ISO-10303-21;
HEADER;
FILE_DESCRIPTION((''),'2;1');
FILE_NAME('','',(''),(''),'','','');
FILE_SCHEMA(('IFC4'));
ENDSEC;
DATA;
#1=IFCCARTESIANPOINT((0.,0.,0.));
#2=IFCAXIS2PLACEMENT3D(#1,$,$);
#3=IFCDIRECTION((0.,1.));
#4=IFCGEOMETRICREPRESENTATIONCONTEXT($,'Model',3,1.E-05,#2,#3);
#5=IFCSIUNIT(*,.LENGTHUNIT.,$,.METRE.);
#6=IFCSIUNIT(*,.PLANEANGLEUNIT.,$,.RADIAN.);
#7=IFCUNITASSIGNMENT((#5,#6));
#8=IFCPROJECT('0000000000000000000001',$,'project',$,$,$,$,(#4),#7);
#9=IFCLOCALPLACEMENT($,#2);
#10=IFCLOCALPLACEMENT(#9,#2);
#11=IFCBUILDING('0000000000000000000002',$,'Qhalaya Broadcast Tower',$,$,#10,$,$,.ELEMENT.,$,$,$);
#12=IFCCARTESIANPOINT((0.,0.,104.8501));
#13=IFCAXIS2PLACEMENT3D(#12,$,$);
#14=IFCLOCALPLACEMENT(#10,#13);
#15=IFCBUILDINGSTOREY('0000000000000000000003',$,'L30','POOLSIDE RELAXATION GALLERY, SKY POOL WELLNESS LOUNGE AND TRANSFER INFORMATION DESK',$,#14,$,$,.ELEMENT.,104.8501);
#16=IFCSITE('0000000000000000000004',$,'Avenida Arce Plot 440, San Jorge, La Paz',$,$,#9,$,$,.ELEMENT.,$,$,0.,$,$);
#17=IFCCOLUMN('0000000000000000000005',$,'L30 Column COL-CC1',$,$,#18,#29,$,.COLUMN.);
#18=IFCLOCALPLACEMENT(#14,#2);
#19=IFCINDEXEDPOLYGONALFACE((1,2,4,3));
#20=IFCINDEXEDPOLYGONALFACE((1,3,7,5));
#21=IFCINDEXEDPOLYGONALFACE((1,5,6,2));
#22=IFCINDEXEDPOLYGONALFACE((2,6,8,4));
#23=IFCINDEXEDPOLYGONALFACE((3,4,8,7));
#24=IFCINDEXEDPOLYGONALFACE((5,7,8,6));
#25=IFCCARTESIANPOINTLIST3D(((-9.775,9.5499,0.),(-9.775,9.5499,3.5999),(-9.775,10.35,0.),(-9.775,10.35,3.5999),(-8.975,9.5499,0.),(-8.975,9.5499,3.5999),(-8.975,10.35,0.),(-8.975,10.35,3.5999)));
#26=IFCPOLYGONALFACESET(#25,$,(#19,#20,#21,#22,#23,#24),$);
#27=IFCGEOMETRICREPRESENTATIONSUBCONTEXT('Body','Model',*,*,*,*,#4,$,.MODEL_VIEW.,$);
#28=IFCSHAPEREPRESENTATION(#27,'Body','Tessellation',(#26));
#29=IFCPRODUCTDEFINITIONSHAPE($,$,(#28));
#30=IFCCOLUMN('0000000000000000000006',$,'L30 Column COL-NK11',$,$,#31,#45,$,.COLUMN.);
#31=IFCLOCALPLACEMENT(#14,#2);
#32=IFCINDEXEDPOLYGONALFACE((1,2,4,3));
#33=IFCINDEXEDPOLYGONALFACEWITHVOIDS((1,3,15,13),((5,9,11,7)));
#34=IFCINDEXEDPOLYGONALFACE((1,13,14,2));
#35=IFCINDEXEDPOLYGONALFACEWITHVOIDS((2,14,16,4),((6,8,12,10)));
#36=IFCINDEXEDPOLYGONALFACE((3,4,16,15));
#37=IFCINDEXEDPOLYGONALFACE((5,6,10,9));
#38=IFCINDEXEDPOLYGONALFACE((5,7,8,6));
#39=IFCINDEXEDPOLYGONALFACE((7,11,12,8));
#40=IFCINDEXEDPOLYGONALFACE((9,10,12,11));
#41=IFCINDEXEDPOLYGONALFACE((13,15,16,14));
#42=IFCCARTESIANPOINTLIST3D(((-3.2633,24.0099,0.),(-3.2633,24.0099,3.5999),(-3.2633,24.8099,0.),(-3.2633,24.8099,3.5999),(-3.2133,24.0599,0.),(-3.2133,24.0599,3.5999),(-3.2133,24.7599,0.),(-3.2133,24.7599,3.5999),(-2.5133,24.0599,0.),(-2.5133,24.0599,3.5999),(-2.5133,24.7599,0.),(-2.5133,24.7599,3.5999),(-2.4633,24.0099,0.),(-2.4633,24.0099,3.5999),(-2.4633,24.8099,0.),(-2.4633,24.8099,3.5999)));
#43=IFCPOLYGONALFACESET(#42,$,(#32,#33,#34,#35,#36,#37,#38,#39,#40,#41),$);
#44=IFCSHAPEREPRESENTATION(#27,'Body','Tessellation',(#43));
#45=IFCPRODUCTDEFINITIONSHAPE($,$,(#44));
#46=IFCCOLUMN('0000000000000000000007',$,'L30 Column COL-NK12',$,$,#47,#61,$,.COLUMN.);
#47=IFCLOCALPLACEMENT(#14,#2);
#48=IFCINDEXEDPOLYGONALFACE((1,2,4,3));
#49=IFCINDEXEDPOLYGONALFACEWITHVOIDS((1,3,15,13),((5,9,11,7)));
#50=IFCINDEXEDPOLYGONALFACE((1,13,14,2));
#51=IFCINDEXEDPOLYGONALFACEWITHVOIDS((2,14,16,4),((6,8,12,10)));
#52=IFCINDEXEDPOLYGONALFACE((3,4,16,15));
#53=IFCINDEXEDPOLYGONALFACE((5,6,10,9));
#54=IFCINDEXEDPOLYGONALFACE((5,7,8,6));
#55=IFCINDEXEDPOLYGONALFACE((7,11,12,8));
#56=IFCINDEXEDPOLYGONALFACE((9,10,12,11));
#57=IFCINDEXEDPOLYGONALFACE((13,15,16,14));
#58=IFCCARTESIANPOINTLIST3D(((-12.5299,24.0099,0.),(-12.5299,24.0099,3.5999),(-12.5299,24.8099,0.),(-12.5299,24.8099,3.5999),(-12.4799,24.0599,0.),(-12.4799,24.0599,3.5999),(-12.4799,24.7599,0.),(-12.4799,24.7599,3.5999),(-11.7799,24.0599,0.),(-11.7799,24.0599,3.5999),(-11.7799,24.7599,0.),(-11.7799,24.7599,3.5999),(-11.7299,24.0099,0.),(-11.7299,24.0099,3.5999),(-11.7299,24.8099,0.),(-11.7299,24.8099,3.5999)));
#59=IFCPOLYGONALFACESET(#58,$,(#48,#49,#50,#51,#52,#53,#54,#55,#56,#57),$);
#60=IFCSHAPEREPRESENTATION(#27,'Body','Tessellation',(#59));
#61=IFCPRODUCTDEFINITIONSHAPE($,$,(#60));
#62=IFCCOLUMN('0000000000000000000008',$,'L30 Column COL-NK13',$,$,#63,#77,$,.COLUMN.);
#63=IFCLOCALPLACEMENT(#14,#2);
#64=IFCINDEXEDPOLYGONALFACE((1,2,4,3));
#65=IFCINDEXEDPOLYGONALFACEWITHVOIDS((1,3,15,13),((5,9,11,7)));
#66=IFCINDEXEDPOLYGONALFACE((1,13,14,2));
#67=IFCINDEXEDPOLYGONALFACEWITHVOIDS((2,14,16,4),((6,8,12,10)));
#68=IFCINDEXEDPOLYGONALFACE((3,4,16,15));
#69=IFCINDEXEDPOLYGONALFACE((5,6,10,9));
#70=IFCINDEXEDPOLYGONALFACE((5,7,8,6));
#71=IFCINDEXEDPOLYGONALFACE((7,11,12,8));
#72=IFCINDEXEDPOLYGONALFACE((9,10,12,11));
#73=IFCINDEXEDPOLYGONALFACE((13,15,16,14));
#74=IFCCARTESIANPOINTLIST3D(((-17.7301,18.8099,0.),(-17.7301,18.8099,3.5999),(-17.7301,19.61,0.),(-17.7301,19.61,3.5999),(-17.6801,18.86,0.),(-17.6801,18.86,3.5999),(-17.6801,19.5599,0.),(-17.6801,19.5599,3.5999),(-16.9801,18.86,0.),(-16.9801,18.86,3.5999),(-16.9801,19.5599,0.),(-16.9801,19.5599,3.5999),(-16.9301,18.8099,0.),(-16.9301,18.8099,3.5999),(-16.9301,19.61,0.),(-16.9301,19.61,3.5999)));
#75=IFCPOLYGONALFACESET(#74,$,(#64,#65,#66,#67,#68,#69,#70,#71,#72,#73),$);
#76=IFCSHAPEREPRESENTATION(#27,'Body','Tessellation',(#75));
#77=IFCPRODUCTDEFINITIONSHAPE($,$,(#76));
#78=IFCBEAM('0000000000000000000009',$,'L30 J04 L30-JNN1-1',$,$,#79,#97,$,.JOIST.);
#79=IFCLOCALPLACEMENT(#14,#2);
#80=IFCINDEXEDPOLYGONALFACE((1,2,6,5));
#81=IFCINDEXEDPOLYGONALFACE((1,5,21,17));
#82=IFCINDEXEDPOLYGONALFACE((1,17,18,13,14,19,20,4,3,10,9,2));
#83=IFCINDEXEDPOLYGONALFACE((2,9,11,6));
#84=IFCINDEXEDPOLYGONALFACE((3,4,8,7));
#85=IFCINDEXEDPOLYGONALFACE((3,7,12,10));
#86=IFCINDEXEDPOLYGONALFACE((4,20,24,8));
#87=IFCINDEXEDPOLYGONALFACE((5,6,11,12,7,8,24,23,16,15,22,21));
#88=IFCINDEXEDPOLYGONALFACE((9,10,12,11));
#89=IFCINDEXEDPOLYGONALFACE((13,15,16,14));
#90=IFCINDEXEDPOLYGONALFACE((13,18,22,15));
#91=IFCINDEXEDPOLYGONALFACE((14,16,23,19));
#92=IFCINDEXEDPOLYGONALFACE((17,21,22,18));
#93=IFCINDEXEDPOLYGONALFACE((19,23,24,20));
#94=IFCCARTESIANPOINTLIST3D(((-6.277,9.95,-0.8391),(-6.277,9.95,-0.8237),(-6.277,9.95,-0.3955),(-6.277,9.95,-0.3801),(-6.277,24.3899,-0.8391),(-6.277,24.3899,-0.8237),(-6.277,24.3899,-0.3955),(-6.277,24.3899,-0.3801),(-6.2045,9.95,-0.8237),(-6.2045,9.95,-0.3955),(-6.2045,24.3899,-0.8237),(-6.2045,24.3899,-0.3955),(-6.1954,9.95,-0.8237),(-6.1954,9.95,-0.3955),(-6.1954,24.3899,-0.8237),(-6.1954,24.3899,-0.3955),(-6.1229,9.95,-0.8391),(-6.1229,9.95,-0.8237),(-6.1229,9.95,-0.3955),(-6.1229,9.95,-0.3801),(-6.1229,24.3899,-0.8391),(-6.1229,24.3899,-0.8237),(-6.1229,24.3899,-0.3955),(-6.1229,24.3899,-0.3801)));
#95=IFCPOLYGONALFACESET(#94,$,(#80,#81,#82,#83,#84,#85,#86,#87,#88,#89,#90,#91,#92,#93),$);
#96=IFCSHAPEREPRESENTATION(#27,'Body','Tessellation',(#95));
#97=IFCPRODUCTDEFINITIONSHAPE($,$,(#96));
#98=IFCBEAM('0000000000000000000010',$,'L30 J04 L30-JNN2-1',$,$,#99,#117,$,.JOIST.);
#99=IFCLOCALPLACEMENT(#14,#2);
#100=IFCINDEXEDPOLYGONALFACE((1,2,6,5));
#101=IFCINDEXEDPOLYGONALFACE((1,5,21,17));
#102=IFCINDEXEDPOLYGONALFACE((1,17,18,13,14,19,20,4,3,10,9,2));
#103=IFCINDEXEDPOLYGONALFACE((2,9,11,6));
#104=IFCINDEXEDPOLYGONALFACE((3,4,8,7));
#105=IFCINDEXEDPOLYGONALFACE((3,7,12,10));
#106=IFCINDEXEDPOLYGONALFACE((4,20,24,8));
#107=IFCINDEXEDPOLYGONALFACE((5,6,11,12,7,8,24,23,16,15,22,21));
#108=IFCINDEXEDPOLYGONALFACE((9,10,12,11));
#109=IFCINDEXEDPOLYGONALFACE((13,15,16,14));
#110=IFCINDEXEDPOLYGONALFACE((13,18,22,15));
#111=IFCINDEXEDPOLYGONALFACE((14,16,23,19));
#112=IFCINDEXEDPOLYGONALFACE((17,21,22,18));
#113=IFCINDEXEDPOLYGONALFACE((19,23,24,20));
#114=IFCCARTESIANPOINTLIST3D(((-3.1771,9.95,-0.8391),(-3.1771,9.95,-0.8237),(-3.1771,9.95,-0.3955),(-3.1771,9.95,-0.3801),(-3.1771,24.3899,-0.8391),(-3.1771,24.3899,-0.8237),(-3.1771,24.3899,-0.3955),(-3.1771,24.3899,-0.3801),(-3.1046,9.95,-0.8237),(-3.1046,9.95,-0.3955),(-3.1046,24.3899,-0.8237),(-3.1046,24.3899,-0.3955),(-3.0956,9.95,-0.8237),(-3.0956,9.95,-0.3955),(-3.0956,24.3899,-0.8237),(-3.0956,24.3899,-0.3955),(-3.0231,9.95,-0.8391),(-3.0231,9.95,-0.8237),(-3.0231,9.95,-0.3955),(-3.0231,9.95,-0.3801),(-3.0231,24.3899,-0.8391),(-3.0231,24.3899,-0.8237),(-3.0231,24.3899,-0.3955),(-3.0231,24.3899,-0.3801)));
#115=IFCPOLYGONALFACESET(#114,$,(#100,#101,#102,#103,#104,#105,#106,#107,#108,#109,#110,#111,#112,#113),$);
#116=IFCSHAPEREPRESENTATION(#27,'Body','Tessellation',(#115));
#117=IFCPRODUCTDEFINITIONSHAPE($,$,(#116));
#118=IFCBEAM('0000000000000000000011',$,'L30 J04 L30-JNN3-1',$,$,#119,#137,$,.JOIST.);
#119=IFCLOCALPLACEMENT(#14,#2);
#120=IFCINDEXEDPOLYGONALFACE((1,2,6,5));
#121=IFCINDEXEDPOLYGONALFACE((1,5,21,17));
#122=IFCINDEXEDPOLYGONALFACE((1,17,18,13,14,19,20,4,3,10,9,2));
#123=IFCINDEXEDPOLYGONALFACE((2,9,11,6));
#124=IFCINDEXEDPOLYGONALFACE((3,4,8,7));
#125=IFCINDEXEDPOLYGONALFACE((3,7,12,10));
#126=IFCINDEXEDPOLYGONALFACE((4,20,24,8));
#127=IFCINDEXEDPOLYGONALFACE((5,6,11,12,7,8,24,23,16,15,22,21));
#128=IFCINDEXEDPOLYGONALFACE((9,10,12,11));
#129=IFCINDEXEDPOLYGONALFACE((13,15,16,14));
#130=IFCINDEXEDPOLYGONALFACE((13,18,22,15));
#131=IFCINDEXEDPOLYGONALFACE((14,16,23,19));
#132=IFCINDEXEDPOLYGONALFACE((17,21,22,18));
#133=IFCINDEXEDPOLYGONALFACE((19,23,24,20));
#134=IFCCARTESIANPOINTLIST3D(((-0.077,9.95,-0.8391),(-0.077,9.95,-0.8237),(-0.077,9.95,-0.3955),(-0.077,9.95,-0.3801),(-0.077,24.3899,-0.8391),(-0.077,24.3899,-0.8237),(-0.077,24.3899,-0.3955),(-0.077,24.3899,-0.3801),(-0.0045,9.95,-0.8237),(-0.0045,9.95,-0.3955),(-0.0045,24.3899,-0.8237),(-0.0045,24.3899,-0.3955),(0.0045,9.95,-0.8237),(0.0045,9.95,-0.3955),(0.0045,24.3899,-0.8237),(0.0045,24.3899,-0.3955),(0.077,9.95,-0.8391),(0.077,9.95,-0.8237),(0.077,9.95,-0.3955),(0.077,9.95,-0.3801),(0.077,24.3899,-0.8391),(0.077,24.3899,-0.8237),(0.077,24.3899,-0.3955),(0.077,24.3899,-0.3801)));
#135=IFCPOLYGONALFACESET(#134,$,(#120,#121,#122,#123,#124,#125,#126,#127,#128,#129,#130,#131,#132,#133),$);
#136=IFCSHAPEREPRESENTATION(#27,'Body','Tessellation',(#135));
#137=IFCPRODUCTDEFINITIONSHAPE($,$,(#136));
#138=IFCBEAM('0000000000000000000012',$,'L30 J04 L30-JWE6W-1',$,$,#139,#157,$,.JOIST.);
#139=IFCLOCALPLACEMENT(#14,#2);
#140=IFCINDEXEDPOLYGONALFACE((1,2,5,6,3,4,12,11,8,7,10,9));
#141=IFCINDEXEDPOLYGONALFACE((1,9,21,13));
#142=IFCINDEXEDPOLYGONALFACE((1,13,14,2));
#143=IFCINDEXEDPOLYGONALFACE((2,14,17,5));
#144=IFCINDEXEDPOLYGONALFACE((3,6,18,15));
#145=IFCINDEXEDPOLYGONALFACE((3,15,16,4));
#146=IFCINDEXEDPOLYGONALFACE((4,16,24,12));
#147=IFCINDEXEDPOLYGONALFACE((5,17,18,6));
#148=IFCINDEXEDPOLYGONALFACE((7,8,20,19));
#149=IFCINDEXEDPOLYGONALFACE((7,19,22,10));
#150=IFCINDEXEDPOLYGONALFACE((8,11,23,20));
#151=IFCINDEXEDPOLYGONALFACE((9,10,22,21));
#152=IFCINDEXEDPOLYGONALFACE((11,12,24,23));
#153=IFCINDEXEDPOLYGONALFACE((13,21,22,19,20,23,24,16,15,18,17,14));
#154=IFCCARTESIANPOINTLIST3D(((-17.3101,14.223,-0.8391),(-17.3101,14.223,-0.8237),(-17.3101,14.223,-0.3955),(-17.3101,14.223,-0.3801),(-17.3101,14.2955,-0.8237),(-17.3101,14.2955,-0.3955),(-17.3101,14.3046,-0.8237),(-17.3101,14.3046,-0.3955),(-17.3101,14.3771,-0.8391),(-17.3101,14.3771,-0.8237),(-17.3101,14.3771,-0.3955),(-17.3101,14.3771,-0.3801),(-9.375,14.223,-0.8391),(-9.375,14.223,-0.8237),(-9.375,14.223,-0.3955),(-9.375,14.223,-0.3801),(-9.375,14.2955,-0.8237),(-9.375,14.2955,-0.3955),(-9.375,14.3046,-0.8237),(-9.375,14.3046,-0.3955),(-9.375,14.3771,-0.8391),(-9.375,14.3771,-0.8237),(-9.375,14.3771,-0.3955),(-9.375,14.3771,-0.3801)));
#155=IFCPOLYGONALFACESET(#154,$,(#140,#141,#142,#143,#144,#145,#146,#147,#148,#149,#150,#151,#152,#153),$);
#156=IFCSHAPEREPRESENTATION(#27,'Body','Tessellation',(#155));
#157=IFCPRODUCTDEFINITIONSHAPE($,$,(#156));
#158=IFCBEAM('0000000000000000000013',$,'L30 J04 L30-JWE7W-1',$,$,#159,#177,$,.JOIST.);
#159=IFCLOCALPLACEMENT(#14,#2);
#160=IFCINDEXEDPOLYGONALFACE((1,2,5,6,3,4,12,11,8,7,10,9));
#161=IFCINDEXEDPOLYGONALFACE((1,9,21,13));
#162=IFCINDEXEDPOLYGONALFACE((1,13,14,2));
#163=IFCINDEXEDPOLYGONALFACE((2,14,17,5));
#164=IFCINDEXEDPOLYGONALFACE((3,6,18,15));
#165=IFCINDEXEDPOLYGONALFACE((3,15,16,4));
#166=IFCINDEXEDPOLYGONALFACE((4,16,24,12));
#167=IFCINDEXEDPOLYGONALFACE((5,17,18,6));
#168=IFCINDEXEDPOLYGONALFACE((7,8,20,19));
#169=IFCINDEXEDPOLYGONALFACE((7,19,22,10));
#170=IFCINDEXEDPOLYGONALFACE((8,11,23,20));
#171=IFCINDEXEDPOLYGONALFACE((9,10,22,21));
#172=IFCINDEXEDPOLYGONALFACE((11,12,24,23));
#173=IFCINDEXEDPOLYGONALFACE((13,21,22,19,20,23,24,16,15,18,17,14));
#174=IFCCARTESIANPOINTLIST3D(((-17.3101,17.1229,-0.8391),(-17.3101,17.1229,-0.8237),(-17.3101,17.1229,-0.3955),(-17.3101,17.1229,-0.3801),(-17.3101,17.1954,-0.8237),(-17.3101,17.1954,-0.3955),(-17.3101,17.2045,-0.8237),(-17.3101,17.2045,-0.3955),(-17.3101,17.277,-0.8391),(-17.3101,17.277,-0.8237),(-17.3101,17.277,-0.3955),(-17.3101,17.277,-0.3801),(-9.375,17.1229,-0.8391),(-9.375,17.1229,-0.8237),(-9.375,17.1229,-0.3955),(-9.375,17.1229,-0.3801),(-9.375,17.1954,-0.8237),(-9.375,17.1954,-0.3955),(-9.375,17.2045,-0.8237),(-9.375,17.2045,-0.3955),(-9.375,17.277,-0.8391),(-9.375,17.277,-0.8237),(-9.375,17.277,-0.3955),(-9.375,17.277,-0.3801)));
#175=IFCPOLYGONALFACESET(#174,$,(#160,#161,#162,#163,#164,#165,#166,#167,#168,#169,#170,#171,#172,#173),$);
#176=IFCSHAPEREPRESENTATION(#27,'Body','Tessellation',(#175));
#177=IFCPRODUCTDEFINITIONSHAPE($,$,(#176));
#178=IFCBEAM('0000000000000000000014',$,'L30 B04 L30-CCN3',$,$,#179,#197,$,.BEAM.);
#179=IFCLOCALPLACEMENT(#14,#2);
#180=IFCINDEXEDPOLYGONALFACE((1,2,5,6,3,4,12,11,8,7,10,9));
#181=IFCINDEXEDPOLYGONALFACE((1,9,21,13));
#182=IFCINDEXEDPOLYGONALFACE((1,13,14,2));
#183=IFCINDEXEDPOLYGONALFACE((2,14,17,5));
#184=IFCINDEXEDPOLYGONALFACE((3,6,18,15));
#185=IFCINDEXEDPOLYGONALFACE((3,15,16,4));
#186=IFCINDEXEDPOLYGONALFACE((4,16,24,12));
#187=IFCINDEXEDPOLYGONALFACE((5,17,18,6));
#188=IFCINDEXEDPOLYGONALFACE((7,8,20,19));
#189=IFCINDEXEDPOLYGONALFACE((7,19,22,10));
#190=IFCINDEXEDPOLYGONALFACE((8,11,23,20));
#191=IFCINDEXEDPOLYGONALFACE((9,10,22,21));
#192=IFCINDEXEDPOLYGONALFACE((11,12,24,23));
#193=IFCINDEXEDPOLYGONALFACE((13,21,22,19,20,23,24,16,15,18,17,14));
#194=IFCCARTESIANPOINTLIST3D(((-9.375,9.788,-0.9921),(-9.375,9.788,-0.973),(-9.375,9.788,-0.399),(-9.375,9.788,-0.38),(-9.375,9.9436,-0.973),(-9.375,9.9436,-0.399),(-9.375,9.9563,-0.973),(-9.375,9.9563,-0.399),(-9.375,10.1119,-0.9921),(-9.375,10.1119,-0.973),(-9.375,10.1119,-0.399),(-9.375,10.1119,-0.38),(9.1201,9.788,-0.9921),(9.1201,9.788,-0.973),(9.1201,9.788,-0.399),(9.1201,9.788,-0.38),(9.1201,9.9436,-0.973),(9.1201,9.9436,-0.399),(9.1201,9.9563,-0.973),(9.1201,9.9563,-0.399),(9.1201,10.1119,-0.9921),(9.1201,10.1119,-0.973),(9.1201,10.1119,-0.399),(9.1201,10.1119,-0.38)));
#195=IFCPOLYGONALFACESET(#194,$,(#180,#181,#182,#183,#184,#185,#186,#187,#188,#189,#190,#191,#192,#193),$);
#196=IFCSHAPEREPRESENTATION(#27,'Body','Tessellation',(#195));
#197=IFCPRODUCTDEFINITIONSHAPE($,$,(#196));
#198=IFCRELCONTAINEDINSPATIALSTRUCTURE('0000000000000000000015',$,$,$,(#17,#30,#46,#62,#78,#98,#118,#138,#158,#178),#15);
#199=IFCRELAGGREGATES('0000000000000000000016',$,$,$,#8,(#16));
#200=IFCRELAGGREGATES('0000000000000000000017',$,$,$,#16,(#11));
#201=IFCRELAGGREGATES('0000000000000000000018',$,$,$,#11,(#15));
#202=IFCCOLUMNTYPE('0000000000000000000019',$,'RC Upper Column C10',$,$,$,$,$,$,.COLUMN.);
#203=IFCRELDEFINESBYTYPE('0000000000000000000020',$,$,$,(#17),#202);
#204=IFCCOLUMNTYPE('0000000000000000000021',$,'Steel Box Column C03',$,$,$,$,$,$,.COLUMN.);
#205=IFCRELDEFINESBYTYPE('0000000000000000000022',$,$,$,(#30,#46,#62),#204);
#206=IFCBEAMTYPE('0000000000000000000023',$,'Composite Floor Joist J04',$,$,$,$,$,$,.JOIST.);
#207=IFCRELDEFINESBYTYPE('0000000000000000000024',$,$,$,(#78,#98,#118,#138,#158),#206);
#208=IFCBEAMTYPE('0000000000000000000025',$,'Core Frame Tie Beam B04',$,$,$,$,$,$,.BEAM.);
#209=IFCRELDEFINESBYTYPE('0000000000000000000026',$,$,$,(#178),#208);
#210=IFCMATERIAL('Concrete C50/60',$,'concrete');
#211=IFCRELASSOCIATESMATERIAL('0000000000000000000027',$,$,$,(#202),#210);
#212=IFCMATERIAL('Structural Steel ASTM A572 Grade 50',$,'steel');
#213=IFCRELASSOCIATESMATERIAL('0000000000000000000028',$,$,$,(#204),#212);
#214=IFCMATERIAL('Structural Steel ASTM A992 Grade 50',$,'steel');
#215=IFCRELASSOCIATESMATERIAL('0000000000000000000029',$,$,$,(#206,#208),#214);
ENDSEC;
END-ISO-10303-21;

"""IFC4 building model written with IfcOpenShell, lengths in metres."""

from ifc_helpers import new_model, si_unit, direction, frame, origin, origin_2d, place, context, subcontext, project, spatial, rectangle, hollow_rectangle, i_section, extrude, material, material_profile, profile_set, type_object, element, save


model = new_model("IFC4")

# Units and contexts
model_context = context("Model", 3, precision=1e-05, world=origin(), true_north=direction((0.0, 1.0)))
body_context = subcontext(model_context, "Body", "Model", "MODEL_VIEW")
ifc_project = project(units=[si_unit("LENGTHUNIT", "METRE"), si_unit("PLANEANGLEUNIT", "RADIAN")], contexts=[model_context])

# Site, building, storey
site_placement = place(None, origin())
site = spatial("IfcSite", under=ifc_project, at=site_placement, Name="Avenida Arce Plot 440, San Jorge, La Paz", CompositionType="ELEMENT", RefElevation=0.0)
building_placement = place(site_placement, origin())
building = spatial("IfcBuilding", under=site, at=building_placement, Name="Qhalaya Broadcast Tower", CompositionType="ELEMENT")
storey_placement = place(building_placement, frame((0.0, 0.0, 104.8501)))
storey = spatial("IfcBuildingStorey", under=building, at=storey_placement, Name="L30", Description="POOLSIDE RELAXATION GALLERY, SKY POOL WELLNESS LOUNGE AND TRANSFER INFORMATION DESK", CompositionType="ELEMENT", Elevation=104.8501)

# Columns
ifc_material_1 = material(Name="Concrete C50/60", Category="concrete")
ifc_material_profile_1 = material_profile(ifc_material_1, rectangle(XDim=0.8, YDim=0.8, at=origin_2d()), Name="RC-COL 800x800")
ifc_profile_set_1 = profile_set([ifc_material_profile_1], Name="Concrete C50/60")
column_type_1 = type_object("IfcColumnType", Name="RC Upper Column C10", PredefinedType="COLUMN", material=ifc_profile_set_1)
column_placement = place(storey_placement, frame((-9.375, 9.95, 0.0), z_axis=(0.0, 0.0, 1.0), x_axis=(1.0, 0.0, 0.0)))
element("IfcColumn", 1, at=column_placement, inside=storey, type_object=column_type_1, Name="L30 Column COL-CC1", PredefinedType="COLUMN", context=body_context, shape_type="SweptSolid", body=[
    extrude(rectangle(XDim=0.8, YDim=0.8, at=origin_2d()), origin(), (0.0, 0.0, 1.0), 3.5999),
])
ifc_material_2 = material(Name="Structural Steel ASTM A572 Grade 50", Category="steel")
ifc_material_profile_2 = material_profile(ifc_material_2, hollow_rectangle(XDim=0.8, YDim=0.8, WallThickness=0.05, at=origin_2d()), Name="BOX 800x800x50")
ifc_profile_set_2 = profile_set([ifc_material_profile_2], Name="Structural Steel ASTM A572 Grade 50")
column_type_2 = type_object("IfcColumnType", Name="Steel Box Column C03", PredefinedType="COLUMN", material=ifc_profile_set_2)
for number, where, z_axis, x_axis, name in (
    (2, (-2.8633, 24.4099, 0.0), (0.0, 0.0, 1.0), (1.0, 0.0, 0.0), "L30 Column COL-NK11"),
    (3, (-12.1299, 24.4099, 0.0), (0.0, 0.0, 1.0), (1.0, 0.0, 0.0), "L30 Column COL-NK12"),
    (4, (-17.3301, 19.21, 0.0), (0.0, 0.0, 1.0), (0.0, 1.0, 0.0), "L30 Column COL-NK13"),
):
    element("IfcColumn", number, at=place(storey_placement, frame(where, z_axis=z_axis, x_axis=x_axis)), inside=storey, type_object=column_type_2, Name=name, PredefinedType="COLUMN", context=body_context, shape_type="SweptSolid", body=[
        extrude(hollow_rectangle(XDim=0.8, YDim=0.8, WallThickness=0.05, at=origin_2d()), origin(), (0.0, 0.0, 1.0), 3.5999),
    ])

# Beams
ifc_material_3 = material(Name="Structural Steel ASTM A992 Grade 50", Category="steel")
ifc_material_profile_3 = material_profile(ifc_material_3, i_section(OverallWidth=0.1541, OverallDepth=0.459, WebThickness=0.009, FlangeThickness=0.0154, at=origin_2d()), Name="W18X46")
ifc_profile_set_3 = profile_set([ifc_material_profile_3], Name="Structural Steel ASTM A992 Grade 50")
beam_type_1 = type_object("IfcBeamType", Name="Composite Floor Joist J04", PredefinedType="JOIST", material=ifc_profile_set_3)
for number, where, z_axis, x_axis, name in (
    (5, (-6.2, 9.95, -0.6096), (0.0, 1.0, 0.0), (-1.0, 0.0, 0.0), "L30 J04 L30-JNN1-1"),
    (6, (-3.1001, 9.95, -0.6096), (0.0, 1.0, 0.0), (-1.0, 0.0, 0.0), "L30 J04 L30-JNN2-1"),
    (7, (0.0, 9.95, -0.6096), (0.0, 1.0, 0.0), (-1.0, 0.0, 0.0), "L30 J04 L30-JNN3-1"),
):
    element("IfcBeam", number, at=place(storey_placement, frame(where, z_axis=z_axis, x_axis=x_axis)), inside=storey, type_object=beam_type_1, Name=name, PredefinedType="JOIST", context=body_context, shape_type="SweptSolid", body=[
        extrude(i_section(OverallWidth=0.1541, OverallDepth=0.459, WebThickness=0.009, FlangeThickness=0.0154, at=origin_2d()), origin(), (0.0, 0.0, 1.0), 14.4399),
    ])
for number, where, z_axis, x_axis, name in (
    (8, (-17.3101, 14.3, -0.6096), (1.0, 0.0, 0.0), (0.0, 1.0, 0.0), "L30 J04 L30-JWE6W-1"),
    (9, (-17.3101, 17.2, -0.6096), (1.0, 0.0, 0.0), (0.0, 1.0, 0.0), "L30 J04 L30-JWE7W-1"),
):
    element("IfcBeam", number, at=place(storey_placement, frame(where, z_axis=z_axis, x_axis=x_axis)), inside=storey, type_object=beam_type_1, Name=name, PredefinedType="JOIST", context=body_context, shape_type="SweptSolid", body=[
        extrude(i_section(OverallWidth=0.1541, OverallDepth=0.459, WebThickness=0.009, FlangeThickness=0.0154, at=origin_2d()), origin(), (0.0, 0.0, 1.0), 7.9351),
    ])
ifc_material_profile_4 = material_profile(ifc_material_3, i_section(OverallWidth=0.324, OverallDepth=0.6121, WebThickness=0.0127, FlangeThickness=0.019, at=origin_2d()), Name="W24X104")
ifc_profile_set_4 = profile_set([ifc_material_profile_4], Name="Structural Steel ASTM A992 Grade 50")
beam_type_2 = type_object("IfcBeamType", Name="Core Frame Tie Beam B04", PredefinedType="BEAM", material=ifc_profile_set_4)
beam_1_placement = place(storey_placement, frame((-9.375, 9.95, -0.686), z_axis=(1.0, 0.0, 0.0), x_axis=(0.0, 1.0, 0.0)))
element("IfcBeam", 10, at=beam_1_placement, inside=storey, type_object=beam_type_2, Name="L30 B04 L30-CCN3", PredefinedType="BEAM", context=body_context, shape_type="SweptSolid", body=[
    extrude(i_section(OverallWidth=0.324, OverallDepth=0.6121, WebThickness=0.0127, FlangeThickness=0.019, at=origin_2d()), origin(), (0.0, 0.0, 1.0), 18.4951),
])

save(model, "model.ifc")
